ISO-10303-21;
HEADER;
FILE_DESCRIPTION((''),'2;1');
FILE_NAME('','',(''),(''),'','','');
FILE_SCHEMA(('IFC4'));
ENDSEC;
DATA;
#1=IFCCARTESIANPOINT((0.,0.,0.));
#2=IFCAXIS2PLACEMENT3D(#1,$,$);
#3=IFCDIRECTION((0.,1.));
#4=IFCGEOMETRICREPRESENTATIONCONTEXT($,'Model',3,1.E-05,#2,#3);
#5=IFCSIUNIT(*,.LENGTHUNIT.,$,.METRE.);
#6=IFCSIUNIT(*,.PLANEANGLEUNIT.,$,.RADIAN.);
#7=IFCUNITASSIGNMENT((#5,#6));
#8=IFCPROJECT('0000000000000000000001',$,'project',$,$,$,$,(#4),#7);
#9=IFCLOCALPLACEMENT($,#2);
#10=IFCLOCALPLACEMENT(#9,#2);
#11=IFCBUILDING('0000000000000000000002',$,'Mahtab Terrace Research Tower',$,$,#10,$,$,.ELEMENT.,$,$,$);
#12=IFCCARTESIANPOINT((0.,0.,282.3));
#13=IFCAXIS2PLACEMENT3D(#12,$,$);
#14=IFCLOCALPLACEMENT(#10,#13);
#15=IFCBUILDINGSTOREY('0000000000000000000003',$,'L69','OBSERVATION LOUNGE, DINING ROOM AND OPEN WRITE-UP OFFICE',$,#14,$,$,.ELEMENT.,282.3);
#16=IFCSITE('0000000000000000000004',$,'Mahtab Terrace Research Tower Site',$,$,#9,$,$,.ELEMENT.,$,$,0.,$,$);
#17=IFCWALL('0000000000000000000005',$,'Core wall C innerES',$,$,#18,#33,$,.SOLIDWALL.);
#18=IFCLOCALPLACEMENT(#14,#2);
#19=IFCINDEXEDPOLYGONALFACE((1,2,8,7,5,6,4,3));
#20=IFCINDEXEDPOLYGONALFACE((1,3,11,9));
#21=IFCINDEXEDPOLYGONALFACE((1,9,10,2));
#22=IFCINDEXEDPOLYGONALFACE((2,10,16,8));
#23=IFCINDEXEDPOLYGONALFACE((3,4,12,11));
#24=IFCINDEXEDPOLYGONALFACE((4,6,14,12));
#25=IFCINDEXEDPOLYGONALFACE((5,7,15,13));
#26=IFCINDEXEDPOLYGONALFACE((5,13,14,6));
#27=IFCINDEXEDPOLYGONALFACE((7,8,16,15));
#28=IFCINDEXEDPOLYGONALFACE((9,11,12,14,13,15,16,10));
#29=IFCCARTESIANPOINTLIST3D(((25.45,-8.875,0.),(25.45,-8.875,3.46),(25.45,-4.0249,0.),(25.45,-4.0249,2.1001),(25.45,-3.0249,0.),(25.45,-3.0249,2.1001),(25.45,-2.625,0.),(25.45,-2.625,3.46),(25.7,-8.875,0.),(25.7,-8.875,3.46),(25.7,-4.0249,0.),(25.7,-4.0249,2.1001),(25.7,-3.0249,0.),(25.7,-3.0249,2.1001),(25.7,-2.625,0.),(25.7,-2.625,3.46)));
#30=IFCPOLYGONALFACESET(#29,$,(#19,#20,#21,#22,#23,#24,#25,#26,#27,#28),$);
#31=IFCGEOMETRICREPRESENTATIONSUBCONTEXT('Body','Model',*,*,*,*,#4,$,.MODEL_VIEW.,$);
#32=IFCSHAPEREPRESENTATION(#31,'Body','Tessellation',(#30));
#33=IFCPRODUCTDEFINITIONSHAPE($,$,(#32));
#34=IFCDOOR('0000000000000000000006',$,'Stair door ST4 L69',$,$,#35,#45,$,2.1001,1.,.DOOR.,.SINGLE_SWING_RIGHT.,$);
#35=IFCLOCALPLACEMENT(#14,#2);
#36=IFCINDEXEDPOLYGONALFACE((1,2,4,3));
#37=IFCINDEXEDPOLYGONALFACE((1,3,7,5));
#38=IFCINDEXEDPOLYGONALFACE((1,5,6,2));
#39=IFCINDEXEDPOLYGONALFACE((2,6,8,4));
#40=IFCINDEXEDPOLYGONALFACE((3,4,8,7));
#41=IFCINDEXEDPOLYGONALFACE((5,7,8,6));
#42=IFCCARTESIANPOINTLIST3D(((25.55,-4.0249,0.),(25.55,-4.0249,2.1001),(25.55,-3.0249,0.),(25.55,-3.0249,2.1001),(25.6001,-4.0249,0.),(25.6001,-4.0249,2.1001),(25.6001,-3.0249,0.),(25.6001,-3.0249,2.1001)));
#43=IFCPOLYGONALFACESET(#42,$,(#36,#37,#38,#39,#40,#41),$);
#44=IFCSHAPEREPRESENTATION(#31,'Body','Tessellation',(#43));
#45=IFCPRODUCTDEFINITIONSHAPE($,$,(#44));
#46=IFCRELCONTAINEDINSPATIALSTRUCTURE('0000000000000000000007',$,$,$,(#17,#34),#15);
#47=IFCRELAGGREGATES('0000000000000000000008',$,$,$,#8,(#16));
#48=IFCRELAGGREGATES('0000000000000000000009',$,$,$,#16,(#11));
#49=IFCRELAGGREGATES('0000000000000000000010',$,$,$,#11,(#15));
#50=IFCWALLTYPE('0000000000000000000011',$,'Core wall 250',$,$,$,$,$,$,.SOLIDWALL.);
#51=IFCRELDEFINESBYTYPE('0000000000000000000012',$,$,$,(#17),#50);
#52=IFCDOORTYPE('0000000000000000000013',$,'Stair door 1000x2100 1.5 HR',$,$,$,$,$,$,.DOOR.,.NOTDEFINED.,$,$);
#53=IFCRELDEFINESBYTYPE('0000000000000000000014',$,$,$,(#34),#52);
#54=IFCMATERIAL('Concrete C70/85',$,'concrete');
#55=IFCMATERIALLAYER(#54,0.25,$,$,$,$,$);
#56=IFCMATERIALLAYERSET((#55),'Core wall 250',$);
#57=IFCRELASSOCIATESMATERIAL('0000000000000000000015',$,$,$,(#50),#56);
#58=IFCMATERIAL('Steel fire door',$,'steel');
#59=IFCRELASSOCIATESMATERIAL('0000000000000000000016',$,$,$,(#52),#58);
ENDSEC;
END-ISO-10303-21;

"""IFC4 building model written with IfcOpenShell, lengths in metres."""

from ifc_helpers import new_model, si_unit, direction, frame, frame_2d, origin, place, context, subcontext, project, spatial, rectangle, extrude, material, layer, layer_set, type_object, element, fill, save


model = new_model("IFC4")

# Units and contexts
model_context = context("Model", 3, precision=1e-05, world=origin(), true_north=direction((0.0, 1.0)))
body_context = subcontext(model_context, "Body", "Model", "MODEL_VIEW")
ifc_project = project(units=[si_unit("LENGTHUNIT", "METRE"), si_unit("PLANEANGLEUNIT", "RADIAN")], contexts=[model_context])

# Site, building, storey
site_placement = place(None, origin())
site = spatial("IfcSite", under=ifc_project, at=site_placement, Name="Mahtab Terrace Research Tower Site", CompositionType="ELEMENT", RefElevation=0.0)
building_placement = place(site_placement, origin())
building = spatial("IfcBuilding", under=site, at=building_placement, Name="Mahtab Terrace Research Tower", CompositionType="ELEMENT")
storey_placement = place(building_placement, frame((0.0, 0.0, 282.3)))
storey = spatial("IfcBuildingStorey", under=building, at=storey_placement, Name="L69", Description="OBSERVATION LOUNGE, DINING ROOM AND OPEN WRITE-UP OFFICE", CompositionType="ELEMENT", Elevation=282.3)

# Shared definitions
ifc_material_1 = material(Name="Concrete C70/85", Category="concrete")
ifc_layer_1 = layer(ifc_material_1, 0.25)
ifc_layer_set_1 = layer_set([ifc_layer_1], Name="Core wall 250")
wall_type = type_object("IfcWallType", Name="Core wall 250", PredefinedType="SOLIDWALL", material=ifc_layer_set_1)
ifc_material_2 = material(Name="Steel fire door", Category="steel")

# Wall, opening, door
wall_1_placement = place(storey_placement, frame((25.575, -8.875, 0.0), z_axis=(0.0, 0.0, 1.0), x_axis=(0.0, 1.0, 0.0)))
wall_1 = element("IfcWall", 1, at=wall_1_placement, inside=storey, type_object=wall_type, Name="Core wall C innerES", PredefinedType="SOLIDWALL", context=body_context, shape_type="SweptSolid", body=[
    extrude(rectangle(XDim=6.25, YDim=0.25, at=frame_2d((3.125, 0.0))), origin(), (0.0, 0.0, 1.0), 3.46),
])
opening_1_placement = place(wall_1_placement, frame((4.8501, 0.0, 0.0)))
opening_1 = element("IfcOpeningElement", 2, at=opening_1_placement, cuts=wall_1, PredefinedType="OPENING", context=body_context, shape_type="SweptSolid", body=[
    extrude(rectangle(XDim=1.0, YDim=2.1001, at=frame_2d((0.5, 1.05))), frame((0.0, 0.135, 0.0), z_axis=(0.0, -1.0, 0.0), x_axis=(1.0, 0.0, 0.0)), (0.0, 0.0, 1.0), 0.27),
])
door_type_1 = type_object("IfcDoorType", Name="Stair door 1000x2100 1.5 HR", OperationType="NOTDEFINED", PredefinedType="DOOR", material=ifc_material_2)
door_1_placement = place(opening_1_placement, origin())
door_1 = element("IfcDoor", 3, at=door_1_placement, inside=storey, type_object=door_type_1, Name="Stair door ST4 L69", OperationType="SINGLE_SWING_RIGHT", OverallHeight=2.1001, OverallWidth=1.0, PredefinedType="DOOR", context=body_context, shape_type="SweptSolid", body=[
    extrude(rectangle(XDim=1.0, YDim=2.1001, at=frame_2d((0.5, 1.05))), frame((0.0, 0.0249, 0.0), z_axis=(0.0, -1.0, 0.0), x_axis=(1.0, 0.0, 0.0)), (0.0, 0.0, 1.0), 0.05),
])
fill(opening_1, door_1)

save(model, "model.ifc")
